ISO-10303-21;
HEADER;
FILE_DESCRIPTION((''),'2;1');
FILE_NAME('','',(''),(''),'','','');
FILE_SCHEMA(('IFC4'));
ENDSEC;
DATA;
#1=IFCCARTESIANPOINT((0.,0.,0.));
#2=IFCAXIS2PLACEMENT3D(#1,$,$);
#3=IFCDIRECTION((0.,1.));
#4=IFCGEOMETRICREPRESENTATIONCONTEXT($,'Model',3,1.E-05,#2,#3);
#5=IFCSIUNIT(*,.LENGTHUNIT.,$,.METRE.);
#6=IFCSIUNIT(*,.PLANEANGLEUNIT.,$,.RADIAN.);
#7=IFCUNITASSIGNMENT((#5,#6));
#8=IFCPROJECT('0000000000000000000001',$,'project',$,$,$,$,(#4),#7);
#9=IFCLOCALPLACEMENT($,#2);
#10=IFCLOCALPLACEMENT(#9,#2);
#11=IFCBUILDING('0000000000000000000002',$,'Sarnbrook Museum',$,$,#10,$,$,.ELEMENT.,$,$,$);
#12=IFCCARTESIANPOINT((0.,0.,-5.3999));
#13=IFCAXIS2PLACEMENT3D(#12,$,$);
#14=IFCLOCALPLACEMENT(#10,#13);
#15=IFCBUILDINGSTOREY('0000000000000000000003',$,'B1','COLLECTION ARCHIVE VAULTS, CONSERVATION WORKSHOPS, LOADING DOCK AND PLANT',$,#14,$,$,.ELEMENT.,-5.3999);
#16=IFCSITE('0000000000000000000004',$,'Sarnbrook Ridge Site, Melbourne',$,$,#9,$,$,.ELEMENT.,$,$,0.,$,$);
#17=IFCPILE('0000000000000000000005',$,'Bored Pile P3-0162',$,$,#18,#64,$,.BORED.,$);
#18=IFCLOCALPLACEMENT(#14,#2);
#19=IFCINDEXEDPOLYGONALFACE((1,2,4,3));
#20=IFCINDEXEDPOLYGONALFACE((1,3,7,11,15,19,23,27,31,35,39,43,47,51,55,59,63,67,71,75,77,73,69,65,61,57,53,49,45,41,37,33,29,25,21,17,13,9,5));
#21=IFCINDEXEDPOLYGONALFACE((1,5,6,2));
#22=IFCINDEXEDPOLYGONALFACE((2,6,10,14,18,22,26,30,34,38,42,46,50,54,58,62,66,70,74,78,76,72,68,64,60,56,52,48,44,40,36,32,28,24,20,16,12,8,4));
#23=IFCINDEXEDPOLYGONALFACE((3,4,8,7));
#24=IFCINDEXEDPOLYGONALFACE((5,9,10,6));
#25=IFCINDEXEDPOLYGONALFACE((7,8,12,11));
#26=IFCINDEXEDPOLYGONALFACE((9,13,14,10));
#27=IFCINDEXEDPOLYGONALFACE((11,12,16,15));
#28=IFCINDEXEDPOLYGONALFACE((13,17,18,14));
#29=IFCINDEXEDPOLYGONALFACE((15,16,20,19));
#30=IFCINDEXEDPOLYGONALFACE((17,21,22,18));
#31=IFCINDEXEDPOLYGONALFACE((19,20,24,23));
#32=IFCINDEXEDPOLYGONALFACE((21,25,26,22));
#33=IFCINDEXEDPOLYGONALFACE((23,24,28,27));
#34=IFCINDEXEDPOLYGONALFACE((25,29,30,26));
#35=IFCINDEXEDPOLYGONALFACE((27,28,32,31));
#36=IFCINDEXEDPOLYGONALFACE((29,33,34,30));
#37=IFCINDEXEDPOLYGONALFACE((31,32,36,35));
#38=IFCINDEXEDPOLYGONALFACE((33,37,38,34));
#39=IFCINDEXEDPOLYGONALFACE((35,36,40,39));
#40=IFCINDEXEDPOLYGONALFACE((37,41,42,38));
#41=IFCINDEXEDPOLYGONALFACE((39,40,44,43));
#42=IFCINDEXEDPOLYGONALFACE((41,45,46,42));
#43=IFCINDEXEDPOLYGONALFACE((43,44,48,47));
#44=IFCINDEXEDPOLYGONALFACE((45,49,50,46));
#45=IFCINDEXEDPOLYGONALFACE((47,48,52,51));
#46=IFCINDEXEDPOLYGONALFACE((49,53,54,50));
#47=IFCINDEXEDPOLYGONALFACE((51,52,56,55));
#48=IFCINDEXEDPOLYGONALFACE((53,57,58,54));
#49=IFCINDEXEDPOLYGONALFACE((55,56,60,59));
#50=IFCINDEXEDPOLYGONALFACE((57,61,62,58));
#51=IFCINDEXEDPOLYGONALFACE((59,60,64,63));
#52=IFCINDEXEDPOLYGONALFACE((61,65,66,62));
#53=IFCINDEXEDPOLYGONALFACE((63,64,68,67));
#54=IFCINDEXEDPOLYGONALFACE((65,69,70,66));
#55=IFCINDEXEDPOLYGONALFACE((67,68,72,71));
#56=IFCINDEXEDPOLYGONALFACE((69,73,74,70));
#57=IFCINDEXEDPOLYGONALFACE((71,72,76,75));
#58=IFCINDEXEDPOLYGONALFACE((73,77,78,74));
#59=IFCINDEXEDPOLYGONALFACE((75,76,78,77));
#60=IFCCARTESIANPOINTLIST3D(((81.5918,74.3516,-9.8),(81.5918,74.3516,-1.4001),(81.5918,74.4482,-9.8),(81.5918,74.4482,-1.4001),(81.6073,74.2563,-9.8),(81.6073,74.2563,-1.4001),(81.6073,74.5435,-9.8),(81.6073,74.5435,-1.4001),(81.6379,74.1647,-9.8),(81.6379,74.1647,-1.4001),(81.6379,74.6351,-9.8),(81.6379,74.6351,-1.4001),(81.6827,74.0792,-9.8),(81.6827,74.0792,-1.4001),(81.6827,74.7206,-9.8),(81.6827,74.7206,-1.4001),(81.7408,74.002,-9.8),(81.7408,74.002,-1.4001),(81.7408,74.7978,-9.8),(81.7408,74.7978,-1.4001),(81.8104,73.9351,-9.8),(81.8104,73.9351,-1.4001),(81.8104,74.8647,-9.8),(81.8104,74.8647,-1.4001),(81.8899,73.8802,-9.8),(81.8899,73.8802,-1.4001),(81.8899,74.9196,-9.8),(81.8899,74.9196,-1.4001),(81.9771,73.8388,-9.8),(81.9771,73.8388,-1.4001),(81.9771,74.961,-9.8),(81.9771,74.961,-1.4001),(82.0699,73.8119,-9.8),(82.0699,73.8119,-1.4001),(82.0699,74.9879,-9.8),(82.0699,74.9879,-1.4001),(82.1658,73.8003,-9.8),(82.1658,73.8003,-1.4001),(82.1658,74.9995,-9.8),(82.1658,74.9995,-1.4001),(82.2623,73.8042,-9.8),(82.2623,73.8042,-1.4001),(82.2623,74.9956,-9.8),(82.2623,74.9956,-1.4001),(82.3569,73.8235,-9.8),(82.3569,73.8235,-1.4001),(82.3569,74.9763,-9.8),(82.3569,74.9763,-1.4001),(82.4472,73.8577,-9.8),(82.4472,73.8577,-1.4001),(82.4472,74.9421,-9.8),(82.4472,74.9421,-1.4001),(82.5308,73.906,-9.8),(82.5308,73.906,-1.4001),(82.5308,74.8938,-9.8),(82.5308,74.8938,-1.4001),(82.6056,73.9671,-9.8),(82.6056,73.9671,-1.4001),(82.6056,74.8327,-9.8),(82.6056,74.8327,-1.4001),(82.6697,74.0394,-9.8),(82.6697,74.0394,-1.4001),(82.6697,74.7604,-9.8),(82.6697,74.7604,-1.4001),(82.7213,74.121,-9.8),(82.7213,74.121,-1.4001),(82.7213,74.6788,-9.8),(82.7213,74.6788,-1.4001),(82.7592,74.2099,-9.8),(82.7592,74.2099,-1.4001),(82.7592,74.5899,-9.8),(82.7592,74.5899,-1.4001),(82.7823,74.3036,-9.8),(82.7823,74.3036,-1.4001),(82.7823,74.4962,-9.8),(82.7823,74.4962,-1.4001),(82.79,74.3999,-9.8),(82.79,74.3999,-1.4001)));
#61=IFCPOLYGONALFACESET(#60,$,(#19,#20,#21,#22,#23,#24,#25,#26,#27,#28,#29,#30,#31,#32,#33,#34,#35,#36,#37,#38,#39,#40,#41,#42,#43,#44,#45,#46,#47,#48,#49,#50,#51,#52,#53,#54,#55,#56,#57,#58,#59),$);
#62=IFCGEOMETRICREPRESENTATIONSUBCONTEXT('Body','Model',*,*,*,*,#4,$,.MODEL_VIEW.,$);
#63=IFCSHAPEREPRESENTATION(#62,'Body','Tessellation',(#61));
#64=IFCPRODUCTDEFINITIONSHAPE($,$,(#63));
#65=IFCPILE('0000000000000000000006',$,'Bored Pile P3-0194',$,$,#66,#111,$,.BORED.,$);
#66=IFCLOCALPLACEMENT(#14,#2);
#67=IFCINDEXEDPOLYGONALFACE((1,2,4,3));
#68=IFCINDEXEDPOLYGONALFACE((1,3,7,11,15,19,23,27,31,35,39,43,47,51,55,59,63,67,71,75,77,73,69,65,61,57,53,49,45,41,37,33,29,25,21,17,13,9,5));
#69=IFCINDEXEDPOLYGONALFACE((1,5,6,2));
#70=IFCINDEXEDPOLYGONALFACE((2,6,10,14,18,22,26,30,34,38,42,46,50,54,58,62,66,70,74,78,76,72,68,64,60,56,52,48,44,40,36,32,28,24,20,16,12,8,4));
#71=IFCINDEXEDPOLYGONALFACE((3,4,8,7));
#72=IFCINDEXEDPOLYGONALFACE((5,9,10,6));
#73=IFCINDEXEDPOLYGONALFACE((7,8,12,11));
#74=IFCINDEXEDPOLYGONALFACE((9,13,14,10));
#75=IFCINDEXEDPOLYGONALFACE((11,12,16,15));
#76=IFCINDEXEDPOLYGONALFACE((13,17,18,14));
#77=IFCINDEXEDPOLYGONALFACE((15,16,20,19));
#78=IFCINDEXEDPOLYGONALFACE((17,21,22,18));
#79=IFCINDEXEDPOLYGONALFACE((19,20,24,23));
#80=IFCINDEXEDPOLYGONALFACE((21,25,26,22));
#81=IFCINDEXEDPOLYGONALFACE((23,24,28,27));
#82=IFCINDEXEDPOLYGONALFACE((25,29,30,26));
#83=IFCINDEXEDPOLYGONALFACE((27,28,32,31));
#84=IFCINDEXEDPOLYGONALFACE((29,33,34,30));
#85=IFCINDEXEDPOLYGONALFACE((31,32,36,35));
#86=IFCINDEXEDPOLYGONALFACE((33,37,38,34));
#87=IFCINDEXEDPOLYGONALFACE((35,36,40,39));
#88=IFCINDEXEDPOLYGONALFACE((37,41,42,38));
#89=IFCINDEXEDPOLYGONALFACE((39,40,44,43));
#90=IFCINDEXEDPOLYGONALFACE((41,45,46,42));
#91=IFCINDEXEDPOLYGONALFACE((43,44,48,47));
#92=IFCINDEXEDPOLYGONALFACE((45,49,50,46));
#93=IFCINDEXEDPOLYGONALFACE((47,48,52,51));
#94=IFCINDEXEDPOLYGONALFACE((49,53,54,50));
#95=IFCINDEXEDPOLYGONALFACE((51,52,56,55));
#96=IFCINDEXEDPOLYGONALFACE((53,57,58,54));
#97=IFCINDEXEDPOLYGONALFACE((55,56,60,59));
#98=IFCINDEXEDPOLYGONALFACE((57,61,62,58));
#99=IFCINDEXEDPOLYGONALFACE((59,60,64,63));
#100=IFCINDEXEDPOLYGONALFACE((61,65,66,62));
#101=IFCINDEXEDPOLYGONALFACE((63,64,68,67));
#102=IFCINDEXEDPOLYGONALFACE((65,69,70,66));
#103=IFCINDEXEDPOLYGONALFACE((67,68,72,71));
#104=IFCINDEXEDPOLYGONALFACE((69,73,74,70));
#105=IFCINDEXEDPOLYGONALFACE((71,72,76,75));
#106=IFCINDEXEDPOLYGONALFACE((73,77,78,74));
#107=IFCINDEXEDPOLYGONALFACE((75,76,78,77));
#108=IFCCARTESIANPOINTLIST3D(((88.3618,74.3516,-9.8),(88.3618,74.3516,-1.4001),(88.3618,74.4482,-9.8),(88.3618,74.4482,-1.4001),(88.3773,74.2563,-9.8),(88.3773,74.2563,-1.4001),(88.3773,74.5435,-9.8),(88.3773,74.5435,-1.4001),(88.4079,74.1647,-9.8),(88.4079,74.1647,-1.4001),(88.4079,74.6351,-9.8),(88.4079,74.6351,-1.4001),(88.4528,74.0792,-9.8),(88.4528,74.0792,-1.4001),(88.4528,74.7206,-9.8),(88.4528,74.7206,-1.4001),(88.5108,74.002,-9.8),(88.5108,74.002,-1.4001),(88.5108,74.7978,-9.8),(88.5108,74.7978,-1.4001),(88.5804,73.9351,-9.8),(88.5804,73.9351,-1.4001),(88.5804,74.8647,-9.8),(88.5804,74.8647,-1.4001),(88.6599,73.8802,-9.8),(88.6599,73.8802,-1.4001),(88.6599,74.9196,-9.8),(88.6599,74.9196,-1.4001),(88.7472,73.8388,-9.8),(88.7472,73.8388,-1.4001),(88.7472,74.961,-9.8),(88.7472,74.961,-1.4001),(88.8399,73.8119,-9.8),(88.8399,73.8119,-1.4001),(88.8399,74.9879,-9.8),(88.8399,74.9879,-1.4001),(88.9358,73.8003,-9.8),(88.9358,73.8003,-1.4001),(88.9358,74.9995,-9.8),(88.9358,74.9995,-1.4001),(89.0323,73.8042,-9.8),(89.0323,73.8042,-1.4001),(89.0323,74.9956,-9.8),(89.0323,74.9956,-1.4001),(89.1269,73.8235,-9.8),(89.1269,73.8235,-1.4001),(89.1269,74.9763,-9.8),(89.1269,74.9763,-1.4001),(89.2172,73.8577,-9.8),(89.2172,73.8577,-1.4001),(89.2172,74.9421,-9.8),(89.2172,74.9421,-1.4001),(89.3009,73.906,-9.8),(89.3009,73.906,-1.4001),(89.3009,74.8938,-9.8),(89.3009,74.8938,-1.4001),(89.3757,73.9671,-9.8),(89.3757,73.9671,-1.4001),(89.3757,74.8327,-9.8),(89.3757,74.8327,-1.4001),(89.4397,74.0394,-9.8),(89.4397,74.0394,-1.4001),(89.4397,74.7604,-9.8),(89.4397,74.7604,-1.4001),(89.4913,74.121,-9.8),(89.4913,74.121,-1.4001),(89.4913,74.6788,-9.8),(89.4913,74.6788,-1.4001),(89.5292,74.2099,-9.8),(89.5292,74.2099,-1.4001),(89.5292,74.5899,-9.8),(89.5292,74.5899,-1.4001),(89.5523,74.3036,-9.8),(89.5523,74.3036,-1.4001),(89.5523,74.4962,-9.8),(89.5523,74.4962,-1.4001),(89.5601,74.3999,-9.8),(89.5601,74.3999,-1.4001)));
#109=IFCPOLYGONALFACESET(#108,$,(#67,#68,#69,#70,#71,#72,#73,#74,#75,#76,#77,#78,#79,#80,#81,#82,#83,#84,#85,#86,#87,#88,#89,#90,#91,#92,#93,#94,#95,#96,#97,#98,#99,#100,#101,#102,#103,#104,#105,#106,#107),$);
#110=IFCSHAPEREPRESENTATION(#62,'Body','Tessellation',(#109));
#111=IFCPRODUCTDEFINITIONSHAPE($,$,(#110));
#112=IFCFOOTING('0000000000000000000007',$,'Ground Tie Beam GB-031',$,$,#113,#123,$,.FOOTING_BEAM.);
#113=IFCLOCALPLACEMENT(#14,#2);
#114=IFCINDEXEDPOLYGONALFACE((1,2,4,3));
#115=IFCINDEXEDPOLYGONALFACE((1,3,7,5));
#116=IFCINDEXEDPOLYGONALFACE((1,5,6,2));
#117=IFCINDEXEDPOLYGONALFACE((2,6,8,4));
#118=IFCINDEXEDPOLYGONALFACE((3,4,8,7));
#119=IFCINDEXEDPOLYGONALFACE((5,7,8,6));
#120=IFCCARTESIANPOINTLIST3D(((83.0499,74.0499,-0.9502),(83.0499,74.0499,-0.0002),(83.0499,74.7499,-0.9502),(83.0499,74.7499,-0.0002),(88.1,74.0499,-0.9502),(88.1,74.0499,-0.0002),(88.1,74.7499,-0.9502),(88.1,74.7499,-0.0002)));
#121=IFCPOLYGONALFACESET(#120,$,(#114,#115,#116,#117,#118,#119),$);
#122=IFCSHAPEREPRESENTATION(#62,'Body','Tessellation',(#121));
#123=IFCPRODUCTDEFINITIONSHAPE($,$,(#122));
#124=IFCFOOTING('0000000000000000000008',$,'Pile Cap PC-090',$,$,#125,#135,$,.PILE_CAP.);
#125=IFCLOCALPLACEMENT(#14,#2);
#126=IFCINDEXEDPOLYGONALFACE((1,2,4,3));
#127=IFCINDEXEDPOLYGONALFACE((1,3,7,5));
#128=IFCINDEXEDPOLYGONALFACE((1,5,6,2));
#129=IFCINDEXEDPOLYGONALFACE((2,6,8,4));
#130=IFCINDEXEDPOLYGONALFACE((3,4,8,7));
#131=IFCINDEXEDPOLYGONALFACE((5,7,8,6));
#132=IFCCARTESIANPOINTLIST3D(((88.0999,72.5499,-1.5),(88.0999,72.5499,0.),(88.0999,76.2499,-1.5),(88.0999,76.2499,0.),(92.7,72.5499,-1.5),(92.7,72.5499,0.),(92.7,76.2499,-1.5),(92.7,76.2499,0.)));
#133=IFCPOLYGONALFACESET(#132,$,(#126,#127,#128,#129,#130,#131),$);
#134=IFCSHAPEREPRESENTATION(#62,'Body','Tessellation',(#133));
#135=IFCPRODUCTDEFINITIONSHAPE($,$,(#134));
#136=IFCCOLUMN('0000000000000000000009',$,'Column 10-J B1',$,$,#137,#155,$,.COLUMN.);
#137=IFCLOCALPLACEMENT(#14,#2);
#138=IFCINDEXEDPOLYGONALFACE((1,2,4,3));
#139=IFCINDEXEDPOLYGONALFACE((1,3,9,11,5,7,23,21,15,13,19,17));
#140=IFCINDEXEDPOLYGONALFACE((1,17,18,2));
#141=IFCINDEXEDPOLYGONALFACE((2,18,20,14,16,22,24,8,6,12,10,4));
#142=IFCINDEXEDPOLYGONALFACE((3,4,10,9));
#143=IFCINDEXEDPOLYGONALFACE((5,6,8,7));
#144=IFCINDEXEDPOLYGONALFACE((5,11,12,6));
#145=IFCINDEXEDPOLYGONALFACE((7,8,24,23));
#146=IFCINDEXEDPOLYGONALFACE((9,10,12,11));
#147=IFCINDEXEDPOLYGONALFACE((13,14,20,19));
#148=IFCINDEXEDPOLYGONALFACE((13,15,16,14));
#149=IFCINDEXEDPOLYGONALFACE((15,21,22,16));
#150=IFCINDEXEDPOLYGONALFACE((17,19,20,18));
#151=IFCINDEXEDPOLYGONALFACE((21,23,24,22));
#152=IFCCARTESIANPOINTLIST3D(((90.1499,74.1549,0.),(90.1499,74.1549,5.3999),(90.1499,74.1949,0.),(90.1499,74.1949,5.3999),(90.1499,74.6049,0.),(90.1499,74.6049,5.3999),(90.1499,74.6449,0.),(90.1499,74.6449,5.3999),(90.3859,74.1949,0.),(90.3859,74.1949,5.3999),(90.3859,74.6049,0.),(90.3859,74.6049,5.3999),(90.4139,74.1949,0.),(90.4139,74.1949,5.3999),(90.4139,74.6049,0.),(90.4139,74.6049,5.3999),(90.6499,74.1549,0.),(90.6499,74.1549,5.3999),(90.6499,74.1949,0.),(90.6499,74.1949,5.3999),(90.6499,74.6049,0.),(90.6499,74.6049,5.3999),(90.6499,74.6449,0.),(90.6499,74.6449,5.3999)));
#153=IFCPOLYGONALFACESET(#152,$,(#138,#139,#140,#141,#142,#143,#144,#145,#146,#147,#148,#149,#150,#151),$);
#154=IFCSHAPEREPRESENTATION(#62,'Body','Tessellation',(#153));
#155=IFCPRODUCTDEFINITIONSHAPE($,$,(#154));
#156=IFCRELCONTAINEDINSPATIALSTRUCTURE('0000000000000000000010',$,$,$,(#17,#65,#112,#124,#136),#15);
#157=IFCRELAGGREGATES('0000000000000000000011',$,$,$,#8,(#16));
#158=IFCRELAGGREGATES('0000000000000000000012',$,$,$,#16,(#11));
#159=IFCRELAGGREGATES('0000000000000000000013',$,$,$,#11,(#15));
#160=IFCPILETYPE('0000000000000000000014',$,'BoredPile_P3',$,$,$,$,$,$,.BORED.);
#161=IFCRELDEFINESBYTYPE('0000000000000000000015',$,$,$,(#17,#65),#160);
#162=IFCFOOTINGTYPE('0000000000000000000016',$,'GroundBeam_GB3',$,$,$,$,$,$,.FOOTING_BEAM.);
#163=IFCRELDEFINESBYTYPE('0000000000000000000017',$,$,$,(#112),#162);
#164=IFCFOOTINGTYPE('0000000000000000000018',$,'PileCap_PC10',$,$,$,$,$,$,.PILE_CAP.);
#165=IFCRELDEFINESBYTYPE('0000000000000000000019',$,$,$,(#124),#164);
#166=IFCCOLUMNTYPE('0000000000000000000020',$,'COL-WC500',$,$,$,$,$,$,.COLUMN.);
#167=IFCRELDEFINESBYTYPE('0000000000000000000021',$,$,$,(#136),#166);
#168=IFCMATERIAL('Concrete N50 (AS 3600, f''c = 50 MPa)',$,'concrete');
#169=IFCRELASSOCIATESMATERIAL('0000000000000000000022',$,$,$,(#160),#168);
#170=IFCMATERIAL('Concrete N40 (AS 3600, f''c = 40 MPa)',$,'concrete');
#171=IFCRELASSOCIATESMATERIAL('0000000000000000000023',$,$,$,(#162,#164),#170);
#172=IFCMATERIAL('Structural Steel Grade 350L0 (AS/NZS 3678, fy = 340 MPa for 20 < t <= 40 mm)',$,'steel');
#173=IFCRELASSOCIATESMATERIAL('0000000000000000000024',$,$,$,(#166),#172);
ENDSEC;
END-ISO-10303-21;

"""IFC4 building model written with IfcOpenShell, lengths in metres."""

from ifc_helpers import new_model, si_unit, direction, frame, origin, origin_2d, place, context, subcontext, project, spatial, rectangle, circle, i_section, extrude, material, material_profile, profile_set, type_object, element, save


model = new_model("IFC4")

# Units and contexts
model_context = context("Model", 3, precision=1e-05, world=origin(), true_north=direction((0.0, 1.0)))
body_context = subcontext(model_context, "Body", "Model", "MODEL_VIEW")
ifc_project = project(units=[si_unit("LENGTHUNIT", "METRE"), si_unit("PLANEANGLEUNIT", "RADIAN")], contexts=[model_context])

# Site, building, storey
site_placement = place(None, origin())
site = spatial("IfcSite", under=ifc_project, at=site_placement, Name="Sarnbrook Ridge Site, Melbourne", CompositionType="ELEMENT", RefElevation=0.0)
building_placement = place(site_placement, origin())
building = spatial("IfcBuilding", under=site, at=building_placement, Name="Sarnbrook Museum", CompositionType="ELEMENT")
storey_placement = place(building_placement, frame((0.0, 0.0, -5.3999)))
storey = spatial("IfcBuildingStorey", under=building, at=storey_placement, Name="B1", Description="COLLECTION ARCHIVE VAULTS, CONSERVATION WORKSHOPS, LOADING DOCK AND PLANT", CompositionType="ELEMENT", Elevation=-5.3999)

# Piles
ifc_material_1 = material(Name="Concrete N50 (AS 3600, f'c = 50 MPa)", Category="concrete")
ifc_material_profile_1 = material_profile(ifc_material_1, circle(Radius=0.6001, at=origin_2d()), Name="BORED PILE D1200")
ifc_profile_set_1 = profile_set([ifc_material_profile_1], Name="Concrete N50 (AS 3600, f'c = 50 MPa)")
pile_type_1 = type_object("IfcPileType", Name="BoredPile_P3", PredefinedType="BORED", material=ifc_profile_set_1)
for number, where, z_axis, x_axis, name in (
    (1, (82.1899, 74.3999, -1.4001), (0.0, 0.0, -1.0), (1.0, 0.0, 0.0), "Bored Pile P3-0162"),
    (2, (88.96, 74.3999, -1.4001), (0.0, 0.0, -1.0), (1.0, 0.0, 0.0), "Bored Pile P3-0194"),
):
    element("IfcPile", number, at=place(storey_placement, frame(where, z_axis=z_axis, x_axis=x_axis)), inside=storey, type_object=pile_type_1, Name=name, PredefinedType="BORED", context=body_context, shape_type="SweptSolid", body=[
        extrude(circle(Radius=0.6001, at=origin_2d()), origin(), (0.0, 0.0, 1.0), 8.3999),
    ])

# Footings
ifc_material_2 = material(Name="Concrete N40 (AS 3600, f'c = 40 MPa)", Category="concrete")
footing_type_1 = type_object("IfcFootingType", Name="GroundBeam_GB3", PredefinedType="FOOTING_BEAM", material=ifc_material_2)
footing_1_placement = place(storey_placement, frame((85.575, 74.3999, -0.9502), z_axis=(0.0, 0.0, 1.0), x_axis=(1.0, 0.0, 0.0)))
element("IfcFooting", 3, at=footing_1_placement, inside=storey, type_object=footing_type_1, Name="Ground Tie Beam GB-031", PredefinedType="FOOTING_BEAM", context=body_context, shape_type="SweptSolid", body=[
    extrude(rectangle(XDim=5.05, YDim=0.7, at=origin_2d()), origin(), (0.0, 0.0, 1.0), 0.95),
])
footing_type_2 = type_object("IfcFootingType", Name="PileCap_PC10", PredefinedType="PILE_CAP", material=ifc_material_2)
footing_2_placement = place(storey_placement, frame((90.3999, 74.3999, -1.5), z_axis=(0.0, 0.0, 1.0), x_axis=(1.0, 0.0, 0.0)))
element("IfcFooting", 4, at=footing_2_placement, inside=storey, type_object=footing_type_2, Name="Pile Cap PC-090", PredefinedType="PILE_CAP", context=body_context, shape_type="SweptSolid", body=[
    extrude(rectangle(XDim=4.6001, YDim=3.7, at=origin_2d()), origin(), (0.0, 0.0, 1.0), 1.5),
])

# Column
ifc_material_3 = material(Name="Structural Steel Grade 350L0 (AS/NZS 3678, fy = 340 MPa for 20 < t <= 40 mm)", Category="steel")
ifc_material_profile_2 = material_profile(ifc_material_3, i_section(OverallWidth=0.5, OverallDepth=0.49, WebThickness=0.0281, FlangeThickness=0.04, at=origin_2d()), Name="500WC340")
ifc_profile_set_2 = profile_set([ifc_material_profile_2], Name="Structural Steel Grade 350L0 (AS/NZS 3678, fy = 340 MPa for 20 < t <= 40 mm)")
column_type = type_object("IfcColumnType", Name="COL-WC500", PredefinedType="COLUMN", material=ifc_profile_set_2)
column_placement = place(storey_placement, frame((90.3999, 74.3999, 0.0), z_axis=(0.0, 0.0, 1.0), x_axis=(1.0, 0.0, 0.0)))
element("IfcColumn", 5, at=column_placement, inside=storey, type_object=column_type, Name="Column 10-J B1", PredefinedType="COLUMN", context=body_context, shape_type="SweptSolid", body=[
    extrude(i_section(OverallWidth=0.5, OverallDepth=0.49, WebThickness=0.0281, FlangeThickness=0.04, at=origin_2d()), origin(), (0.0, 0.0, 1.0), 5.3999),
])

save(model, "model.ifc")
